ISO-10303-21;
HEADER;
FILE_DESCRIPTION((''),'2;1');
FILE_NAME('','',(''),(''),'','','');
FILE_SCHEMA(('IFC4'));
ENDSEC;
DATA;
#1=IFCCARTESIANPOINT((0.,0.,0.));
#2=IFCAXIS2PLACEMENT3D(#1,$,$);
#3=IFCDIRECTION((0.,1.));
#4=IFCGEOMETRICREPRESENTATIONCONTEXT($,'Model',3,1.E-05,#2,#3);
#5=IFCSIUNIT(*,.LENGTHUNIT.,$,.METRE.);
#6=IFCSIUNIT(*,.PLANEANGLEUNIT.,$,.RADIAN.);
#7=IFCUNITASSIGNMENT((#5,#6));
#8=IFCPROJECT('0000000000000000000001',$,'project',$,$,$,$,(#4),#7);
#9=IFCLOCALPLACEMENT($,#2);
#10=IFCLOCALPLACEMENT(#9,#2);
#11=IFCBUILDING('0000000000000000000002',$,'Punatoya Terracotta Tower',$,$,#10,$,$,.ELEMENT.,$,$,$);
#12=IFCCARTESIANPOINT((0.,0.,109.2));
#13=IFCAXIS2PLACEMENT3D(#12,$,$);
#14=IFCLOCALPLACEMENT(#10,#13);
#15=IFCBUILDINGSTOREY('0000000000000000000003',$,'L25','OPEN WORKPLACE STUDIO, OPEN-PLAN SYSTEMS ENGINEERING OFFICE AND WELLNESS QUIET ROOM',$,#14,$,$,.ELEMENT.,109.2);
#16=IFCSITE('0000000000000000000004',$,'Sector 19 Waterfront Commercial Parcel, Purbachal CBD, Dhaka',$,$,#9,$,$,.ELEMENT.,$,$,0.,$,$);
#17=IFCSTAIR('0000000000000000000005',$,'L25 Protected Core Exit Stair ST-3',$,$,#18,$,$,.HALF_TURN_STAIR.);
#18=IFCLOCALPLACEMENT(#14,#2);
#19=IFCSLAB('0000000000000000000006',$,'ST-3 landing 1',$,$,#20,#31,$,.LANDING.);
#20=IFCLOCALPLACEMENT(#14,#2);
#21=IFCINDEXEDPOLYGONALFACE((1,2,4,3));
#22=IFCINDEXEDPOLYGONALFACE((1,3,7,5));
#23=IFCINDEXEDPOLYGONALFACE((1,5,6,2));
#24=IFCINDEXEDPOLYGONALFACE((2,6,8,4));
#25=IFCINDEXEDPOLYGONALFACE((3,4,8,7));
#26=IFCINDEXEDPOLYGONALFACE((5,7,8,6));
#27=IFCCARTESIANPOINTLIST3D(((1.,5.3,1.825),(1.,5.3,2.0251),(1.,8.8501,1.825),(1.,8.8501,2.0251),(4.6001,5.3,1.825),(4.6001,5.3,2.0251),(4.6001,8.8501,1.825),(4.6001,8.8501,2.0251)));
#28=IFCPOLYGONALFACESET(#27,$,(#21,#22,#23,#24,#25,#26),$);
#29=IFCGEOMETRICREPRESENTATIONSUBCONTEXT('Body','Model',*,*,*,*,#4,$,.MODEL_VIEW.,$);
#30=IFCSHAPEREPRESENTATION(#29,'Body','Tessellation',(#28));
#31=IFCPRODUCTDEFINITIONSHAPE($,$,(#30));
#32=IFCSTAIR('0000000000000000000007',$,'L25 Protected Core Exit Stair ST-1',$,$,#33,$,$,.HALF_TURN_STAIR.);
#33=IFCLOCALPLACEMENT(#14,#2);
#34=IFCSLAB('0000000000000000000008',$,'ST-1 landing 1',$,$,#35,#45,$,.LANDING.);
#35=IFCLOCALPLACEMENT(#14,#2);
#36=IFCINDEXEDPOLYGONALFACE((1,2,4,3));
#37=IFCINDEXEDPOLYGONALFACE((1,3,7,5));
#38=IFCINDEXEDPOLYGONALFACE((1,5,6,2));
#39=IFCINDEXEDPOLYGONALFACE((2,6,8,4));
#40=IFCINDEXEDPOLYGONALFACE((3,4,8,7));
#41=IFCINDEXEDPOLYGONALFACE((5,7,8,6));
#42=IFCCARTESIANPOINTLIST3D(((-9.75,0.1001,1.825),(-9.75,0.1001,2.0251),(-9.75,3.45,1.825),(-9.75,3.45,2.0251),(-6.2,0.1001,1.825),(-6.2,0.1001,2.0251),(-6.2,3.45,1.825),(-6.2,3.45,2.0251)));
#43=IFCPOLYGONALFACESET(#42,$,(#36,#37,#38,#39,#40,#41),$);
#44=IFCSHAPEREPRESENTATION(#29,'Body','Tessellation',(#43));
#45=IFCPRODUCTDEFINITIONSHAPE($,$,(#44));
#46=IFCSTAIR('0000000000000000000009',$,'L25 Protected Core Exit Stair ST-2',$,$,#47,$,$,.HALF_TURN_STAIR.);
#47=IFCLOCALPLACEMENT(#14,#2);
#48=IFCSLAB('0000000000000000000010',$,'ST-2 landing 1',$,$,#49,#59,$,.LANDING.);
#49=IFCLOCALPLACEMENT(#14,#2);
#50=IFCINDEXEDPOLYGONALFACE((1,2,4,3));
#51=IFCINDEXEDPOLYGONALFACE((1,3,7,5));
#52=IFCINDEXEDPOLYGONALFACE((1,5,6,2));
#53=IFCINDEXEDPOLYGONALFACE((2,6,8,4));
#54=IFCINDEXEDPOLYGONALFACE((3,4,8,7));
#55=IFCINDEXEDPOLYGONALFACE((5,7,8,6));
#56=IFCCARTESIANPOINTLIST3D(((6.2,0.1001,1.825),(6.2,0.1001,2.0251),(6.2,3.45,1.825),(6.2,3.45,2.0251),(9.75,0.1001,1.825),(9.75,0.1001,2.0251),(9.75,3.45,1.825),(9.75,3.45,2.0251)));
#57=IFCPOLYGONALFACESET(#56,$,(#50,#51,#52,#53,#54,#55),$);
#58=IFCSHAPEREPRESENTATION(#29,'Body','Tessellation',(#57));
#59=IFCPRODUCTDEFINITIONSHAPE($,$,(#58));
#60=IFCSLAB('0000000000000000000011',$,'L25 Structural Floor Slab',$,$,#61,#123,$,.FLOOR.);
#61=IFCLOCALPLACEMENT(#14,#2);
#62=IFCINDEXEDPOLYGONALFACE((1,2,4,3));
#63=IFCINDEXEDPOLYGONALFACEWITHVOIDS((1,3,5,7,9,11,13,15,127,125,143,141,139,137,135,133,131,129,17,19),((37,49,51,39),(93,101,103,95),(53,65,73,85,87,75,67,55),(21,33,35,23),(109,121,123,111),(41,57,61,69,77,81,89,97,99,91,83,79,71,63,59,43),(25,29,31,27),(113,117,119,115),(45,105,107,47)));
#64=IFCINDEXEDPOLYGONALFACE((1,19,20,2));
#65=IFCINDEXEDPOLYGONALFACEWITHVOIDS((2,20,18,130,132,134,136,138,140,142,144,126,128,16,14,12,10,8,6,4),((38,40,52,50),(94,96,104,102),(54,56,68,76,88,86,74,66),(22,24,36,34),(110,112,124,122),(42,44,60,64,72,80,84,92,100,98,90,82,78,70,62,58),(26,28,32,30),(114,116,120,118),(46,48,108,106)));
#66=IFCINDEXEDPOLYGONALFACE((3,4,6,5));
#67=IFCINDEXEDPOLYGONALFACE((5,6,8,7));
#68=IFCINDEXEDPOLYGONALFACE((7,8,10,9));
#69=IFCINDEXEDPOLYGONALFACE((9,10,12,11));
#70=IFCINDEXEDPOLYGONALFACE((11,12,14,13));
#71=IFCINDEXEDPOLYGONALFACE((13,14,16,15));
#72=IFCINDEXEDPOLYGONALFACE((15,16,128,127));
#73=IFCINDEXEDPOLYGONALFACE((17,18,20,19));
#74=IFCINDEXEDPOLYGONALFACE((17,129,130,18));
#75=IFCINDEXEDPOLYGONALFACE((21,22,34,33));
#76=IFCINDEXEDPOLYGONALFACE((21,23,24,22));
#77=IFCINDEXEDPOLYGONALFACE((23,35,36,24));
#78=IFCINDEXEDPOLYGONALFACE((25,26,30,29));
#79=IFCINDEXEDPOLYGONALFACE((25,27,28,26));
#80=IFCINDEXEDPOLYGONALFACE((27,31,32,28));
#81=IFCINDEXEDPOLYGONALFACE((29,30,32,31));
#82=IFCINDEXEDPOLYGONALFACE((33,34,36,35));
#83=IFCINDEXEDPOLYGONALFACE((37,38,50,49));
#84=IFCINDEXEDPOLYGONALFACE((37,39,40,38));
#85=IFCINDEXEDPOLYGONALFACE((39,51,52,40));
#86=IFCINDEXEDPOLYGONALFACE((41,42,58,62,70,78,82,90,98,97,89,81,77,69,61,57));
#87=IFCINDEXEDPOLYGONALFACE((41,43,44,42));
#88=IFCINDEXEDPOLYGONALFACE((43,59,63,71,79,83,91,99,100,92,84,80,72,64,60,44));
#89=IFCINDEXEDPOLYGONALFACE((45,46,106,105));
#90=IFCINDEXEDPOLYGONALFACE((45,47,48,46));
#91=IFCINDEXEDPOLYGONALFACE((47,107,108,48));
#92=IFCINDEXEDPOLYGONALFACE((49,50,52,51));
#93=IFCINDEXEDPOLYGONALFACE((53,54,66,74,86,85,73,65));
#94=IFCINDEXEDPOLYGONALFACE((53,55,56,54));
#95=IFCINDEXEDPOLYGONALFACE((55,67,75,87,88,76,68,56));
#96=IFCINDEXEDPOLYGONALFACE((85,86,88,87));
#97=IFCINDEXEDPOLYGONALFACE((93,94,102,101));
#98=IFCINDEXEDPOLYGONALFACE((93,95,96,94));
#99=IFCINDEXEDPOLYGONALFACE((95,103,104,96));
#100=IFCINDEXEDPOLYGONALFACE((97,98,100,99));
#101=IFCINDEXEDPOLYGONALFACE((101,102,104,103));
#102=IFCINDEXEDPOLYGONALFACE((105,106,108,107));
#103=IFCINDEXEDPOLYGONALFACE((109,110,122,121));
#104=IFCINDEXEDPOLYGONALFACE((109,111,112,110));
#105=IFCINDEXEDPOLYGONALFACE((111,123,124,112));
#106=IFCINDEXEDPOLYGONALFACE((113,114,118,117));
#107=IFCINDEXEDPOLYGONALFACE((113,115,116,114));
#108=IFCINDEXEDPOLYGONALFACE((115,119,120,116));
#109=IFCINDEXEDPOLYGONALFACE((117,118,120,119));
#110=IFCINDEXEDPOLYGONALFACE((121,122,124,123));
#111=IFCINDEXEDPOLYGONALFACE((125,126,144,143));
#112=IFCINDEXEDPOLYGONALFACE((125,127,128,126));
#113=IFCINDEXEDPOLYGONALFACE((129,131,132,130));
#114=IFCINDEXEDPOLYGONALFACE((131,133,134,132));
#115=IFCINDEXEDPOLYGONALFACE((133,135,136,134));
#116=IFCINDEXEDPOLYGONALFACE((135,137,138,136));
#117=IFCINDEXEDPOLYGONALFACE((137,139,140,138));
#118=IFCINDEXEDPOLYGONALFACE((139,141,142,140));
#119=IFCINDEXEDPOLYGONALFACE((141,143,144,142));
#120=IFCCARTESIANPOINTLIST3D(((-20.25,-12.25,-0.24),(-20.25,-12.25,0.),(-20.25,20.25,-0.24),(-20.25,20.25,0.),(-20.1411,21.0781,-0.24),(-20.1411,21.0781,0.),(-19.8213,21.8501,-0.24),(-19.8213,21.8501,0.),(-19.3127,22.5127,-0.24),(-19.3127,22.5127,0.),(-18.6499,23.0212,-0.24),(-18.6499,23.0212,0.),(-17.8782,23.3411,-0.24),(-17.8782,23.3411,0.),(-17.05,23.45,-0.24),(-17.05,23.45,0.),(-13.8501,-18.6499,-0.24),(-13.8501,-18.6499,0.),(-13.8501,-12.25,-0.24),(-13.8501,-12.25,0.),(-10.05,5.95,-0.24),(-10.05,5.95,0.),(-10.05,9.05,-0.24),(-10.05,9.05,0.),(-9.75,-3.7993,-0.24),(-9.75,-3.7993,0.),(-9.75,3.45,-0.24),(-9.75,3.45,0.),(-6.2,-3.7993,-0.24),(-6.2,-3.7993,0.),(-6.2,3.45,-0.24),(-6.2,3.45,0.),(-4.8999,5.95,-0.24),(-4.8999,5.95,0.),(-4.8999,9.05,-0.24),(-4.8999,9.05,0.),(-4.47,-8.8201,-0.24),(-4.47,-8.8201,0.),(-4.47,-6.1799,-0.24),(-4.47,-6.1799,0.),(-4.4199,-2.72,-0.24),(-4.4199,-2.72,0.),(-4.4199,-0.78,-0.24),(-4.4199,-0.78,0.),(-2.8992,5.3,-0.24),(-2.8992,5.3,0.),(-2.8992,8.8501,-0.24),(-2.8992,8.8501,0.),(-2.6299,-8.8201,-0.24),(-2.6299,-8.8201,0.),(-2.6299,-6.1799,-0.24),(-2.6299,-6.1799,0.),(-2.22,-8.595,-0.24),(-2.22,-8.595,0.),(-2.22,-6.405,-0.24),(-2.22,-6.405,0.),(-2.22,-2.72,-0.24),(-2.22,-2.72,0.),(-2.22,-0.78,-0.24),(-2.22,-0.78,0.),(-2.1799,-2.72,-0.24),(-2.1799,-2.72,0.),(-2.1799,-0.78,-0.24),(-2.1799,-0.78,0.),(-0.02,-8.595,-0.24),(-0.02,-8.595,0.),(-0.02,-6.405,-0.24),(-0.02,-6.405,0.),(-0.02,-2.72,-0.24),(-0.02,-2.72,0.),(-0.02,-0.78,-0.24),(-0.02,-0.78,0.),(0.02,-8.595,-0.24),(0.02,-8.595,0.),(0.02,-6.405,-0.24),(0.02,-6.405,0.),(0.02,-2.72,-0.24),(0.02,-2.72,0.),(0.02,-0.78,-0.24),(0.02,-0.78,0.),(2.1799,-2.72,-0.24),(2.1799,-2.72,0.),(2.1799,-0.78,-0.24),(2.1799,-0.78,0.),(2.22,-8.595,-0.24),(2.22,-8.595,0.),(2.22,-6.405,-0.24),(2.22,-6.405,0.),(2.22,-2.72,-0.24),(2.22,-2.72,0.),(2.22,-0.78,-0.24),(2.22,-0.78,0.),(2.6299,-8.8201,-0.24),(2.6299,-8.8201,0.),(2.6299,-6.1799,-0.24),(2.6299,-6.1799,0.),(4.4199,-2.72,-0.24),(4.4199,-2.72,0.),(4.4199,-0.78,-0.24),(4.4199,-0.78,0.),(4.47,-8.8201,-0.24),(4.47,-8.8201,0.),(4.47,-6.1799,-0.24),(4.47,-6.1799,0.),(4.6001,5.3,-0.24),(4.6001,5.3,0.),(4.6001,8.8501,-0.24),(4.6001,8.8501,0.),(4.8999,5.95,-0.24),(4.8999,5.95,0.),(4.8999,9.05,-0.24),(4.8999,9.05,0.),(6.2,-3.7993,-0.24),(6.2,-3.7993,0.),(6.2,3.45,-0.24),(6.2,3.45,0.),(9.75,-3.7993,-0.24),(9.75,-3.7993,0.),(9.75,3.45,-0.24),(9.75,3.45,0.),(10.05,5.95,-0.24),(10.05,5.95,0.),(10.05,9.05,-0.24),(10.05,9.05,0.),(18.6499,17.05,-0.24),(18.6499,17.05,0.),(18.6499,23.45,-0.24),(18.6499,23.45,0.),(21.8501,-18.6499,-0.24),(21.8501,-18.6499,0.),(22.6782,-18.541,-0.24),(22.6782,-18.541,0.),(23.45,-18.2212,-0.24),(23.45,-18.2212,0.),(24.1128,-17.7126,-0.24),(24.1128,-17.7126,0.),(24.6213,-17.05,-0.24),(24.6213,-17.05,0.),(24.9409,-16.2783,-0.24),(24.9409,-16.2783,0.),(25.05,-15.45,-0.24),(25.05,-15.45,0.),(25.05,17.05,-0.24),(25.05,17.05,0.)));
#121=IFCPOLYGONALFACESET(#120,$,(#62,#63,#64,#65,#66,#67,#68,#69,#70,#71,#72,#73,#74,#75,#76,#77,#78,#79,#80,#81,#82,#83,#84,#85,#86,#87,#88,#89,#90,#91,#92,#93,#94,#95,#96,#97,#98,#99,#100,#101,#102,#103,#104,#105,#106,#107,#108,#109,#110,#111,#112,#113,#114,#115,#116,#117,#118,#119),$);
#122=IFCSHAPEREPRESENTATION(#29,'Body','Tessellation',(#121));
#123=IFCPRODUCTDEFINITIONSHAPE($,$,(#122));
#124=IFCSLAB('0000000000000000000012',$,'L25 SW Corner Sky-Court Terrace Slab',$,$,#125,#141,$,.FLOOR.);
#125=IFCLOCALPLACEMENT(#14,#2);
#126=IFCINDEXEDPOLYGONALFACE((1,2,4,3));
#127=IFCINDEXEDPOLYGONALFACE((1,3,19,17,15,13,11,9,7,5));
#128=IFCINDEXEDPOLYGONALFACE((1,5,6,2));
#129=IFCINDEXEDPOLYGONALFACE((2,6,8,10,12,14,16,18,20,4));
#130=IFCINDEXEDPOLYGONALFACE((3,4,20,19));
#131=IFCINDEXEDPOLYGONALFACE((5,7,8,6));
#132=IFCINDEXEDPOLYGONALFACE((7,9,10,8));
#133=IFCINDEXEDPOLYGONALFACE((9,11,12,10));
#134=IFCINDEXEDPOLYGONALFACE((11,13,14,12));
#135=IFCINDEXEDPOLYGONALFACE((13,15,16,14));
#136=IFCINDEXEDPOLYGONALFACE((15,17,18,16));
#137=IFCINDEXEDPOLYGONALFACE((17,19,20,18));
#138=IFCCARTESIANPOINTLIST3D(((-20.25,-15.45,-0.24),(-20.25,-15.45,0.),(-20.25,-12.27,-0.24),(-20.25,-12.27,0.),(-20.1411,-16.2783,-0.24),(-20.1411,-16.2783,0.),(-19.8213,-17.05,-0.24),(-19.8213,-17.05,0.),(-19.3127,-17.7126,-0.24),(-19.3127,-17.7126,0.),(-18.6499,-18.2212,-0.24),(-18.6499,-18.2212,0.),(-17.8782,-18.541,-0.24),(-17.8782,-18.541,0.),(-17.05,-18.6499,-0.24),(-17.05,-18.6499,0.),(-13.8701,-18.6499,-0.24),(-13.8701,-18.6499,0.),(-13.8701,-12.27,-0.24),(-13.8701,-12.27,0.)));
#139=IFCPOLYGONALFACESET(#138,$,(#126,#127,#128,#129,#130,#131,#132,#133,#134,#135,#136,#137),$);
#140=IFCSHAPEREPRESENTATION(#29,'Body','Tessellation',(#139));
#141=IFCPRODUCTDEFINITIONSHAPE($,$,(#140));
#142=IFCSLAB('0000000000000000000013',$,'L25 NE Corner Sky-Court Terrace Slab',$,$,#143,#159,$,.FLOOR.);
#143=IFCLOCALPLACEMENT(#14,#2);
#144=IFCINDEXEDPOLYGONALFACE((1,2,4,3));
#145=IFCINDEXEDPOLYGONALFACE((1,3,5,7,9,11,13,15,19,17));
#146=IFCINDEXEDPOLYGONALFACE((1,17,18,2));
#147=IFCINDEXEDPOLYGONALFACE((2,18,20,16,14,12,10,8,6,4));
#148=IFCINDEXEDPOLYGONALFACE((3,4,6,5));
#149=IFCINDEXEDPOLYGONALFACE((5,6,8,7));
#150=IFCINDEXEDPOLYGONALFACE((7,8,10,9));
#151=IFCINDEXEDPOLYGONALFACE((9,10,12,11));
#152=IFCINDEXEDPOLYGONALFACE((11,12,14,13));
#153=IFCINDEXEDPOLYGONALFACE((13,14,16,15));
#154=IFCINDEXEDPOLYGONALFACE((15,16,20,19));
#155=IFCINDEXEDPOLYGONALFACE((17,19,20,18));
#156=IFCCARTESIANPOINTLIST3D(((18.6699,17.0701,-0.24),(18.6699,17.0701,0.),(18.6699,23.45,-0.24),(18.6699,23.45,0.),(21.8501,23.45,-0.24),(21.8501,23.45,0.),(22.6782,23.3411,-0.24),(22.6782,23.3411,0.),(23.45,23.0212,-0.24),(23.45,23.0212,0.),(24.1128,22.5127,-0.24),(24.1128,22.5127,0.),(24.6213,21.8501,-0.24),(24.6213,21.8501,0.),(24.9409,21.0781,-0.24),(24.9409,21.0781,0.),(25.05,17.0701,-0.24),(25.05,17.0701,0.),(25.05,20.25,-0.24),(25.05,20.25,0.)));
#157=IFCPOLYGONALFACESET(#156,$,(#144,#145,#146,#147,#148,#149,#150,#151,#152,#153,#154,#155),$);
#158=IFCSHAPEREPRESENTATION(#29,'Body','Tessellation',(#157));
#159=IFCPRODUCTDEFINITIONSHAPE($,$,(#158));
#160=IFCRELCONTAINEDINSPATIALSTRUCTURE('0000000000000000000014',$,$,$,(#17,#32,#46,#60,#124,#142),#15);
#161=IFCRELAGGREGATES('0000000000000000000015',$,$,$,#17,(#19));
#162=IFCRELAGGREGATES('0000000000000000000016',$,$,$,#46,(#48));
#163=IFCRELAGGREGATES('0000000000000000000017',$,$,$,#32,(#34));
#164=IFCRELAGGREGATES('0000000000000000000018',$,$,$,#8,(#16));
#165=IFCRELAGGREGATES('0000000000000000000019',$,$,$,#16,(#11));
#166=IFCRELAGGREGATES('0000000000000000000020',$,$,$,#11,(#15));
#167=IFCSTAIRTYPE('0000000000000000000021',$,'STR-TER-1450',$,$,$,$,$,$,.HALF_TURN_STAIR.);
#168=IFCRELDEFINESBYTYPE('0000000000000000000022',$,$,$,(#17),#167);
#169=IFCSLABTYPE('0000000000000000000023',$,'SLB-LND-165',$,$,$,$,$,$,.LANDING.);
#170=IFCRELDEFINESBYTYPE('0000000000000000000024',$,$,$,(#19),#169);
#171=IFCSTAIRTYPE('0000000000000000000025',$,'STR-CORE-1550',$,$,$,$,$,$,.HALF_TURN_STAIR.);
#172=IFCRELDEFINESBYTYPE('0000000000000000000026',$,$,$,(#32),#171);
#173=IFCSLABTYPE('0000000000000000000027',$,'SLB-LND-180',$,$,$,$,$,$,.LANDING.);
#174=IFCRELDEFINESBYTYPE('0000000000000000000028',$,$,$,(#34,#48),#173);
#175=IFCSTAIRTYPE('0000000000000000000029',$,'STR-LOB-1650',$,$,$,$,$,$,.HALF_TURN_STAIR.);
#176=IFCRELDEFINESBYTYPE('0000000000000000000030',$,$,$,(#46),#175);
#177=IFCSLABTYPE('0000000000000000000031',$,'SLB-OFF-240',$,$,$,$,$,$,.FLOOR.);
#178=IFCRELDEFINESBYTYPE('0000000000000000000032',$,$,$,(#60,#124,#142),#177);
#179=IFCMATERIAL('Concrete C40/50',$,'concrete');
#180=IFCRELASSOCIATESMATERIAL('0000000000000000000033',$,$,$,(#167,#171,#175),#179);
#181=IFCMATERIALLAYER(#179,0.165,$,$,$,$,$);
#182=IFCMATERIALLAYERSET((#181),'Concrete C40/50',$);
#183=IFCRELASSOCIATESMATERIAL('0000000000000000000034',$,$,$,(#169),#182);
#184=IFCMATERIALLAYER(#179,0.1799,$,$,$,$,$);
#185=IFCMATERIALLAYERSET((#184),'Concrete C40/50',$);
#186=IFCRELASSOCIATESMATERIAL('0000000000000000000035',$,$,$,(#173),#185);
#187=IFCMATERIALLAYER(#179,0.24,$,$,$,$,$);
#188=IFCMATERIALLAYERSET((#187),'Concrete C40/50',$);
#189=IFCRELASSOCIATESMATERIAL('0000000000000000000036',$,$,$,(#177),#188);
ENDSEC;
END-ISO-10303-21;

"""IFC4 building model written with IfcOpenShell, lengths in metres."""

from ifc_helpers import new_model, si_unit, direction, frame, origin, place, context, subcontext, project, spatial, polyline, outline, extrude, material, layer, layer_set, type_object, element, aggregate, save


model = new_model("IFC4")

# Units and contexts
model_context = context("Model", 3, precision=1e-05, world=origin(), true_north=direction((0.0, 1.0)))
body_context = subcontext(model_context, "Body", "Model", "MODEL_VIEW")
ifc_project = project(units=[si_unit("LENGTHUNIT", "METRE"), si_unit("PLANEANGLEUNIT", "RADIAN")], contexts=[model_context])

# Site, building, storey
site_placement = place(None, origin())
site = spatial("IfcSite", under=ifc_project, at=site_placement, Name="Sector 19 Waterfront Commercial Parcel, Purbachal CBD, Dhaka", CompositionType="ELEMENT", RefElevation=0.0)
building_placement = place(site_placement, origin())
building = spatial("IfcBuilding", under=site, at=building_placement, Name="Punatoya Terracotta Tower", CompositionType="ELEMENT")
storey_placement = place(building_placement, frame((0.0, 0.0, 109.2)))
storey = spatial("IfcBuildingStorey", under=building, at=storey_placement, Name="L25", Description="OPEN WORKPLACE STUDIO, OPEN-PLAN SYSTEMS ENGINEERING OFFICE AND WELLNESS QUIET ROOM", CompositionType="ELEMENT", Elevation=109.2)

# Stairs, slabs
ifc_material_1 = material(Name="Concrete C40/50", Category="concrete")
stair_type_1 = type_object("IfcStairType", Name="STR-TER-1450", PredefinedType="HALF_TURN_STAIR", material=ifc_material_1)
stair_1_placement = place(storey_placement, origin())
stair_1 = element("IfcStair", 1, at=stair_1_placement, inside=storey, type_object=stair_type_1, Name="L25 Protected Core Exit Stair ST-3", PredefinedType="HALF_TURN_STAIR")
ifc_layer_1 = layer(ifc_material_1, 0.165)
ifc_layer_set_1 = layer_set([ifc_layer_1], Name="Concrete C40/50")
slab_type_1 = type_object("IfcSlabType", Name="SLB-LND-165", PredefinedType="LANDING", material=ifc_layer_set_1)
slab_1_placement = place(storey_placement, frame((0.0, 0.0, 1.825)))
slab_1 = element("IfcSlab", 2, at=slab_1_placement, type_object=slab_type_1, Name="ST-3 landing 1", PredefinedType="LANDING", context=body_context, shape_type="SweptSolid", body=[
    extrude(outline(polyline([(1.0, 5.3), (4.6001, 5.3), (4.6001, 8.8501), (1.0, 8.8501), (1.0, 5.3)])), origin(), (0.0, 0.0, 1.0), 0.2002),
])
aggregate(stair_1, [slab_1])
stair_type_2 = type_object("IfcStairType", Name="STR-CORE-1550", PredefinedType="HALF_TURN_STAIR", material=ifc_material_1)
stair_2_placement = place(storey_placement, origin())
stair_2 = element("IfcStair", 3, at=stair_2_placement, inside=storey, type_object=stair_type_2, Name="L25 Protected Core Exit Stair ST-1", PredefinedType="HALF_TURN_STAIR")
ifc_layer_2 = layer(ifc_material_1, 0.1799)
ifc_layer_set_2 = layer_set([ifc_layer_2], Name="Concrete C40/50")
slab_type_2 = type_object("IfcSlabType", Name="SLB-LND-180", PredefinedType="LANDING", material=ifc_layer_set_2)
slab_2_placement = place(storey_placement, frame((0.0, 0.0, 1.825)))
slab_2 = element("IfcSlab", 4, at=slab_2_placement, type_object=slab_type_2, Name="ST-1 landing 1", PredefinedType="LANDING", context=body_context, shape_type="SweptSolid", body=[
    extrude(outline(polyline([(-6.2, 0.1001), (-6.2, 3.45), (-9.75, 3.45), (-9.75, 0.1001), (-6.2, 0.1001)])), origin(), (0.0, 0.0, 1.0), 0.2002),
])
stair_type_3 = type_object("IfcStairType", Name="STR-LOB-1650", PredefinedType="HALF_TURN_STAIR", material=ifc_material_1)
stair_3_placement = place(storey_placement, origin())
stair_3 = element("IfcStair", 5, at=stair_3_placement, inside=storey, type_object=stair_type_3, Name="L25 Protected Core Exit Stair ST-2", PredefinedType="HALF_TURN_STAIR")
slab_3_placement = place(storey_placement, frame((0.0, 0.0, 1.825)))
slab_3 = element("IfcSlab", 6, at=slab_3_placement, type_object=slab_type_2, Name="ST-2 landing 1", PredefinedType="LANDING", context=body_context, shape_type="SweptSolid", body=[
    extrude(outline(polyline([(9.75, 0.1001), (9.75, 3.45), (6.2, 3.45), (6.2, 0.1001), (9.75, 0.1001)])), origin(), (0.0, 0.0, 1.0), 0.2002),
])
aggregate(stair_3, [slab_3])

# Slabs
ifc_layer_3 = layer(ifc_material_1, 0.24)
ifc_layer_set_3 = layer_set([ifc_layer_3], Name="Concrete C40/50")
slab_type_3 = type_object("IfcSlabType", Name="SLB-OFF-240", PredefinedType="FLOOR", material=ifc_layer_set_3)
slab_4_placement = place(storey_placement, frame((0.0, 0.0, -0.24)))
element("IfcSlab", 7, at=slab_4_placement, inside=storey, type_object=slab_type_3, Name="L25 Structural Floor Slab", PredefinedType="FLOOR", context=body_context, shape_type="SweptSolid", body=[
    extrude(outline(polyline([(-13.8501, -18.6499), (-13.8501, -12.25), (-20.25, -12.25), (-20.25, 20.25), (-20.1411, 21.0781), (-19.8213, 21.8501), (-19.3127, 22.5127), (-18.6499, 23.0212), (-17.8782, 23.3411), (-17.05, 23.45), (18.6499, 23.45), (18.6499, 17.05), (25.05, 17.05), (25.05, -15.45), (24.9409, -16.2783), (24.6213, -17.05), (24.1128, -17.7126), (23.45, -18.2212), (22.6782, -18.541), (21.8501, -18.6499), (-13.8501, -18.6499)]), holes=[polyline([(-2.6299, -6.1799), (-4.47, -6.1799), (-4.47, -8.8201), (-2.6299, -8.8201), (-2.6299, -6.1799)]), polyline([(0.02, -8.595), (2.22, -8.595), (2.22, -6.405), (0.02, -6.405), (-0.02, -6.405), (-2.22, -6.405), (-2.22, -8.595), (-0.02, -8.595), (0.02, -8.595)]), polyline([(-2.22, -2.72), (-2.1799, -2.72), (-0.02, -2.72), (0.02, -2.72), (2.1799, -2.72), (2.22, -2.72), (4.4199, -2.72), (4.4199, -0.78), (2.22, -0.78), (2.1799, -0.78), (0.02, -0.78), (-0.02, -0.78), (-2.1799, -0.78), (-2.22, -0.78), (-4.4199, -0.78), (-4.4199, -2.72), (-2.22, -2.72)]), polyline([(-6.2, 3.45), (-9.75, 3.45), (-9.75, -3.7993), (-6.2, -3.7993), (-6.2, 3.45)]), polyline([(4.6001, 5.3), (4.6001, 8.8501), (-2.8992, 8.8501), (-2.8992, 5.3), (4.6001, 5.3)]), polyline([(-4.8999, 9.05), (-10.05, 9.05), (-10.05, 5.95), (-4.8999, 5.95), (-4.8999, 9.05)]), polyline([(4.47, -8.8201), (4.47, -6.1799), (2.6299, -6.1799), (2.6299, -8.8201), (4.47, -8.8201)]), polyline([(9.75, 3.45), (6.2, 3.45), (6.2, -3.7993), (9.75, -3.7993), (9.75, 3.45)]), polyline([(10.05, 5.95), (10.05, 9.05), (4.8999, 9.05), (4.8999, 5.95), (10.05, 5.95)])]), origin(), (0.0, 0.0, 1.0), 0.24),
])
slab_5_placement = place(storey_placement, frame((0.0, 0.0, -0.24)))
element("IfcSlab", 8, at=slab_5_placement, inside=storey, type_object=slab_type_3, Name="L25 SW Corner Sky-Court Terrace Slab", PredefinedType="FLOOR", context=body_context, shape_type="SweptSolid", body=[
    extrude(outline(polyline([(-17.05, -18.6499), (-17.8782, -18.541), (-18.6499, -18.2212), (-19.3127, -17.7126), (-19.8213, -17.05), (-20.1411, -16.2783), (-20.25, -15.45), (-20.25, -12.27), (-13.8701, -12.27), (-13.8701, -18.6499), (-17.05, -18.6499)])), origin(), (0.0, 0.0, 1.0), 0.24),
])
slab_6_placement = place(storey_placement, frame((0.0, 0.0, -0.24)))
element("IfcSlab", 9, at=slab_6_placement, inside=storey, type_object=slab_type_3, Name="L25 NE Corner Sky-Court Terrace Slab", PredefinedType="FLOOR", context=body_context, shape_type="SweptSolid", body=[
    extrude(outline(polyline([(21.8501, 23.45), (22.6782, 23.3411), (23.45, 23.0212), (24.1128, 22.5127), (24.6213, 21.8501), (24.9409, 21.0781), (25.05, 20.25), (25.05, 17.0701), (18.6699, 17.0701), (18.6699, 23.45), (21.8501, 23.45)])), origin(), (0.0, 0.0, 1.0), 0.24),
])

aggregate(stair_2, [slab_2])

save(model, "model.ifc")
